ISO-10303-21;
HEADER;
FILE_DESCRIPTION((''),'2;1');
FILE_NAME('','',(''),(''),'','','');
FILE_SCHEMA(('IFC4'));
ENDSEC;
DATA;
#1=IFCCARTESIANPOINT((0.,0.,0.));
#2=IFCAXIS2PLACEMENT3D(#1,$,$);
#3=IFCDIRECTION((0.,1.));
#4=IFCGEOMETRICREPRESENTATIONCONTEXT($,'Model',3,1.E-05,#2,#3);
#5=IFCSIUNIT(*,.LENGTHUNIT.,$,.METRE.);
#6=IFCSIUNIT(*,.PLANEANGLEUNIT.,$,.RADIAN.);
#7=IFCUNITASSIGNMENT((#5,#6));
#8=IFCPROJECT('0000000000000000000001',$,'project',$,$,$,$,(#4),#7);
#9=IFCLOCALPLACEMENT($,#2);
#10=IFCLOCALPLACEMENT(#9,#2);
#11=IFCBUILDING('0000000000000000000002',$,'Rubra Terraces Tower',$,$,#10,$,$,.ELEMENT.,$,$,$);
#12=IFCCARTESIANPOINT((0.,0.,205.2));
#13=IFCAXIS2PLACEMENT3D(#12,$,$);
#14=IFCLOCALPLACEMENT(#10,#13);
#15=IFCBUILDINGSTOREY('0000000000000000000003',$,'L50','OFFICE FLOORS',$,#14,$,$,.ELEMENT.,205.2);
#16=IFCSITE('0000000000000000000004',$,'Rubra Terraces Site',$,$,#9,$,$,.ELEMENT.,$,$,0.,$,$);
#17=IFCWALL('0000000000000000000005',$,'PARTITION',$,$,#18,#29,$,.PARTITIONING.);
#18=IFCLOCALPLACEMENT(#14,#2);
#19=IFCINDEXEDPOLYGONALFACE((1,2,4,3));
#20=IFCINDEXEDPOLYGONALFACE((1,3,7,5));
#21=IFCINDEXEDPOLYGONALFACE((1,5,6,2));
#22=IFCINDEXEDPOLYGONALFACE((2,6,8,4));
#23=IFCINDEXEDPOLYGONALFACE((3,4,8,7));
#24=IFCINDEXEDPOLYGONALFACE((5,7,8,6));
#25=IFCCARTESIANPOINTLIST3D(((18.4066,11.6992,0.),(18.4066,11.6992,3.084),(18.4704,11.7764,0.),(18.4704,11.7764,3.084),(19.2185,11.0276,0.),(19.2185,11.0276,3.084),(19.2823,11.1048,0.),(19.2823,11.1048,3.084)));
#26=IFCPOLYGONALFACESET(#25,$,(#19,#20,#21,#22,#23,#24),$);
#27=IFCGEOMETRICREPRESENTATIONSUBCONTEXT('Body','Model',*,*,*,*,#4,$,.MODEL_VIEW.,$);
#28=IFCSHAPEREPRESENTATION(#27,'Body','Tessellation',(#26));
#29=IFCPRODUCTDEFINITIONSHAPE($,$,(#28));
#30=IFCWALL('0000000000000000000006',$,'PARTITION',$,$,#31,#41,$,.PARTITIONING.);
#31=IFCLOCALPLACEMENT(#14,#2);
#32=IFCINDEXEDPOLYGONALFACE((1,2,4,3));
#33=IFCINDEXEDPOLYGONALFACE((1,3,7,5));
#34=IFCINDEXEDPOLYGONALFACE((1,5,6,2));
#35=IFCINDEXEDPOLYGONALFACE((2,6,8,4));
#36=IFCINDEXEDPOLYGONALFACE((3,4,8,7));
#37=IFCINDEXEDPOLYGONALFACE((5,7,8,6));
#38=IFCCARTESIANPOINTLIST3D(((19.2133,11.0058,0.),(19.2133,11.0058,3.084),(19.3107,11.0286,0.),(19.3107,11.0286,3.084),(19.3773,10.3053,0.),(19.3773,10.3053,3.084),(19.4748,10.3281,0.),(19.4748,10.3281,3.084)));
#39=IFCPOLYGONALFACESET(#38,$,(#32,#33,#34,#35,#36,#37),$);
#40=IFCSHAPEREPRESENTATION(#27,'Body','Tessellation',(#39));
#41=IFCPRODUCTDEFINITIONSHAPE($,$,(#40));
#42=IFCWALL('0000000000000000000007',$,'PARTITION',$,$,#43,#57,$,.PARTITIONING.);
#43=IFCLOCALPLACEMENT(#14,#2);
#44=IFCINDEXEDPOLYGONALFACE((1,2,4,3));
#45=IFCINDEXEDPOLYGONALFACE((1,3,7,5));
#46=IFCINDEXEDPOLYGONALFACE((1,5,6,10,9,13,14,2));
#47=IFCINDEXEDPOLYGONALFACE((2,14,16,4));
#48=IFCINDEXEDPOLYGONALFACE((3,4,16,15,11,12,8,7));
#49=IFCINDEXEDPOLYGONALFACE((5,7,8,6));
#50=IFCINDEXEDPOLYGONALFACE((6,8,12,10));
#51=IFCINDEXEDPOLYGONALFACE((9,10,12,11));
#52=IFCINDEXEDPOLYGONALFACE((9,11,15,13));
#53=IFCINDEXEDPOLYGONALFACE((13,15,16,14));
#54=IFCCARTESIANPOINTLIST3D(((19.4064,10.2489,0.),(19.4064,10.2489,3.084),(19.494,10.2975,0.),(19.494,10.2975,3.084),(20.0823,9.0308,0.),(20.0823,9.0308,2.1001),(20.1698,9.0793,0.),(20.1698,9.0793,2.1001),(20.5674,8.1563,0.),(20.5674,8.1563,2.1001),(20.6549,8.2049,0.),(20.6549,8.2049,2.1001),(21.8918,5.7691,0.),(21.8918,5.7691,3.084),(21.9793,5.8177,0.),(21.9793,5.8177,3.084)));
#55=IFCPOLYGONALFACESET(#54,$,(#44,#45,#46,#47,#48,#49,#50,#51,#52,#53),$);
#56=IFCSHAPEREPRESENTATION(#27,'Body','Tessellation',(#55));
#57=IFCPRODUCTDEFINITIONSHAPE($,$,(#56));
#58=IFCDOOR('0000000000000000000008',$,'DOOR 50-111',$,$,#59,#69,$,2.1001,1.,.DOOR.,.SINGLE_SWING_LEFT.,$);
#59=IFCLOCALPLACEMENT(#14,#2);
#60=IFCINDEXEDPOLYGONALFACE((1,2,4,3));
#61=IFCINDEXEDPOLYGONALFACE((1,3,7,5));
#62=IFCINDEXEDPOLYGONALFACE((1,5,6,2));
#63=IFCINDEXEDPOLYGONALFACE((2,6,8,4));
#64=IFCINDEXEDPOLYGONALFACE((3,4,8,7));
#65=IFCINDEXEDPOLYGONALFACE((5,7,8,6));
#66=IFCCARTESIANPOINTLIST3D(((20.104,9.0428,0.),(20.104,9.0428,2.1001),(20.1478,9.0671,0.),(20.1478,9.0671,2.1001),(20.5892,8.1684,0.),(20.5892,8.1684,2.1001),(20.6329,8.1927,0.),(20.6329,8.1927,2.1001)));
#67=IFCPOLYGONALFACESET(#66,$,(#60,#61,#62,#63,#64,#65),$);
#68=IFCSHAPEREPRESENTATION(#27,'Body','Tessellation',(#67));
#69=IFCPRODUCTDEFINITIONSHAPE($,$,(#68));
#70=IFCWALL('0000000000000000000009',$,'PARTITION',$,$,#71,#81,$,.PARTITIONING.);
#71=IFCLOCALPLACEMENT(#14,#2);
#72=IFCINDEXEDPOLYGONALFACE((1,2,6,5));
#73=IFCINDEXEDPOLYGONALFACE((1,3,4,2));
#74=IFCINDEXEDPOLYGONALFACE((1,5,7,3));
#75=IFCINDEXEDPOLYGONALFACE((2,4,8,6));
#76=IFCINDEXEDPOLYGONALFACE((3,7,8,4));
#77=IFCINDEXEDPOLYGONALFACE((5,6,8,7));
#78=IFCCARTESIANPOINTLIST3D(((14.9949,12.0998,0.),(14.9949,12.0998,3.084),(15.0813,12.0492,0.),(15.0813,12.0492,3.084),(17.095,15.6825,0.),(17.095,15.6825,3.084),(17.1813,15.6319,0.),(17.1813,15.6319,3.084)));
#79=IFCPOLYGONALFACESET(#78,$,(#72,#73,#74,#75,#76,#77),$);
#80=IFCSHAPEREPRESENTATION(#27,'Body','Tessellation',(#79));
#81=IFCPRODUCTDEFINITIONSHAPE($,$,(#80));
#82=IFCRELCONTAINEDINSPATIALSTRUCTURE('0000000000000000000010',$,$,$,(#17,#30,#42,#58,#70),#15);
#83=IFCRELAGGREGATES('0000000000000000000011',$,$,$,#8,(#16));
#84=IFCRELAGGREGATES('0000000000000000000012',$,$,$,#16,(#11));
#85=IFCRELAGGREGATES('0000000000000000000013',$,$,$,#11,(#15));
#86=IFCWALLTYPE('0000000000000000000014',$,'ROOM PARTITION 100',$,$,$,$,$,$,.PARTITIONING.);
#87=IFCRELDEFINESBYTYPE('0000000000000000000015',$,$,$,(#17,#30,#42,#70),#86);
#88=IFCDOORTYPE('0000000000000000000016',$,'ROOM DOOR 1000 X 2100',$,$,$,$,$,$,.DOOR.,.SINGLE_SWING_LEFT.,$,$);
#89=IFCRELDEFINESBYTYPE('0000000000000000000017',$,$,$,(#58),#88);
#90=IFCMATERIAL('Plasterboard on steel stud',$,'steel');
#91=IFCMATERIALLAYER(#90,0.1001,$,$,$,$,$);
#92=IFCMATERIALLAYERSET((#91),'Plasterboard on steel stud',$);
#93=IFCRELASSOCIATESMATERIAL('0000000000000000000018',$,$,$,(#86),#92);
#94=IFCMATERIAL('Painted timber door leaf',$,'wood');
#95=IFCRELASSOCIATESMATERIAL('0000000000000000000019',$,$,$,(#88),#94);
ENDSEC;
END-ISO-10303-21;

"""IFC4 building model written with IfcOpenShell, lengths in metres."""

from ifc_helpers import new_model, si_unit, direction, frame, frame_2d, origin, place, context, subcontext, project, spatial, rectangle, extrude, material, layer, layer_set, type_object, element, fill, save


model = new_model("IFC4")

# Units and contexts
model_context = context("Model", 3, precision=1e-05, world=origin(), true_north=direction((0.0, 1.0)))
body_context = subcontext(model_context, "Body", "Model", "MODEL_VIEW")
ifc_project = project(units=[si_unit("LENGTHUNIT", "METRE"), si_unit("PLANEANGLEUNIT", "RADIAN")], contexts=[model_context])

# Site, building, storey
site_placement = place(None, origin())
site = spatial("IfcSite", under=ifc_project, at=site_placement, Name="Rubra Terraces Site", CompositionType="ELEMENT", RefElevation=0.0)
building_placement = place(site_placement, origin())
building = spatial("IfcBuilding", under=site, at=building_placement, Name="Rubra Terraces Tower", CompositionType="ELEMENT")
storey_placement = place(building_placement, frame((0.0, 0.0, 205.2)))
storey = spatial("IfcBuildingStorey", under=building, at=storey_placement, Name="L50", Description="OFFICE FLOORS", CompositionType="ELEMENT", Elevation=205.2)

# Walls
ifc_material_1 = material(Name="Plasterboard on steel stud", Category="steel")
ifc_layer_1 = layer(ifc_material_1, 0.1001)
ifc_layer_set_1 = layer_set([ifc_layer_1], Name="Plasterboard on steel stud")
wall_type_1 = type_object("IfcWallType", Name="ROOM PARTITION 100", PredefinedType="PARTITIONING", material=ifc_layer_set_1)
wall_1_placement = place(storey_placement, frame((18.4385, 11.7378, 0.0), z_axis=(0.0, 0.0, 1.0), x_axis=(0.770571, -0.637354, 0.0)))
element("IfcWall", 1, at=wall_1_placement, inside=storey, type_object=wall_type_1, Name="PARTITION", PredefinedType="PARTITIONING", context=body_context, shape_type="SweptSolid", body=[
    extrude(rectangle(XDim=1.0537, YDim=0.1001, at=frame_2d((0.5269, 0.0))), origin(), (0.0, 0.0, 1.0), 3.084),
])
wall_2_placement = place(storey_placement, frame((19.262, 11.0173, 0.0), z_axis=(0.0, 0.0, 1.0), x_axis=(0.228056, -0.973648, 0.0)))
element("IfcWall", 2, at=wall_2_placement, inside=storey, type_object=wall_type_1, Name="PARTITION", PredefinedType="PARTITIONING", context=body_context, shape_type="SweptSolid", body=[
    extrude(rectangle(XDim=0.7195, YDim=0.1001, at=frame_2d((0.3599, 0.0))), origin(), (0.0, 0.0, 1.0), 3.084),
])

# Wall, opening, door
wall_3_placement = place(storey_placement, frame((19.4502, 10.2732, 0.0), z_axis=(0.0, 0.0, 1.0), x_axis=(0.485137, -0.874438, 0.0)))
wall_3 = element("IfcWall", 3, at=wall_3_placement, inside=storey, type_object=wall_type_1, Name="PARTITION", PredefinedType="PARTITIONING", context=body_context, shape_type="SweptSolid", body=[
    extrude(rectangle(XDim=5.123, YDim=0.1001, at=frame_2d((2.5615, 0.0))), origin(), (0.0, 0.0, 1.0), 3.084),
])
opening_1_placement = place(wall_3_placement, frame((1.3931, 0.0, 0.0)))
opening_1 = element("IfcOpeningElement", 4, at=opening_1_placement, cuts=wall_3, PredefinedType="OPENING", context=body_context, shape_type="SweptSolid", body=[
    extrude(rectangle(XDim=1.0, YDim=2.1001, at=frame_2d((0.5, 1.05))), frame((0.0, 0.0601, 0.0), z_axis=(0.0, -1.0, 0.0), x_axis=(1.0, 0.0, 0.0)), (0.0, 0.0, 1.0), 0.1201),
])
ifc_material_2 = material(Name="Painted timber door leaf", Category="wood")
door_type = type_object("IfcDoorType", Name="ROOM DOOR 1000 X 2100", OperationType="SINGLE_SWING_LEFT", PredefinedType="DOOR", material=ifc_material_2)
door_placement = place(opening_1_placement, origin())
door = element("IfcDoor", 5, at=door_placement, inside=storey, type_object=door_type, Name="DOOR 50-111", OperationType="SINGLE_SWING_LEFT", OverallHeight=2.1001, OverallWidth=1.0, PredefinedType="DOOR", context=body_context, shape_type="SweptSolid", body=[
    extrude(rectangle(XDim=1.0, YDim=2.1001, at=frame_2d((0.5, 1.05))), frame((0.0, 0.0249, 0.0), z_axis=(0.0, -1.0, 0.0), x_axis=(1.0, 0.0, 0.0)), (0.0, 0.0, 1.0), 0.05),
])
fill(opening_1, door)

# Wall
wall_4_placement = place(storey_placement, frame((15.0381, 12.0745, 0.0), z_axis=(0.0, 0.0, 1.0), x_axis=(0.505694, 0.862713, 0.0)))
element("IfcWall", 6, at=wall_4_placement, inside=storey, type_object=wall_type_1, Name="PARTITION", PredefinedType="PARTITIONING", context=body_context, shape_type="SweptSolid", body=[
    extrude(rectangle(XDim=4.1528, YDim=0.1001, at=frame_2d((2.0764, 0.0))), origin(), (0.0, 0.0, 1.0), 3.084),
])

save(model, "model.ifc")
